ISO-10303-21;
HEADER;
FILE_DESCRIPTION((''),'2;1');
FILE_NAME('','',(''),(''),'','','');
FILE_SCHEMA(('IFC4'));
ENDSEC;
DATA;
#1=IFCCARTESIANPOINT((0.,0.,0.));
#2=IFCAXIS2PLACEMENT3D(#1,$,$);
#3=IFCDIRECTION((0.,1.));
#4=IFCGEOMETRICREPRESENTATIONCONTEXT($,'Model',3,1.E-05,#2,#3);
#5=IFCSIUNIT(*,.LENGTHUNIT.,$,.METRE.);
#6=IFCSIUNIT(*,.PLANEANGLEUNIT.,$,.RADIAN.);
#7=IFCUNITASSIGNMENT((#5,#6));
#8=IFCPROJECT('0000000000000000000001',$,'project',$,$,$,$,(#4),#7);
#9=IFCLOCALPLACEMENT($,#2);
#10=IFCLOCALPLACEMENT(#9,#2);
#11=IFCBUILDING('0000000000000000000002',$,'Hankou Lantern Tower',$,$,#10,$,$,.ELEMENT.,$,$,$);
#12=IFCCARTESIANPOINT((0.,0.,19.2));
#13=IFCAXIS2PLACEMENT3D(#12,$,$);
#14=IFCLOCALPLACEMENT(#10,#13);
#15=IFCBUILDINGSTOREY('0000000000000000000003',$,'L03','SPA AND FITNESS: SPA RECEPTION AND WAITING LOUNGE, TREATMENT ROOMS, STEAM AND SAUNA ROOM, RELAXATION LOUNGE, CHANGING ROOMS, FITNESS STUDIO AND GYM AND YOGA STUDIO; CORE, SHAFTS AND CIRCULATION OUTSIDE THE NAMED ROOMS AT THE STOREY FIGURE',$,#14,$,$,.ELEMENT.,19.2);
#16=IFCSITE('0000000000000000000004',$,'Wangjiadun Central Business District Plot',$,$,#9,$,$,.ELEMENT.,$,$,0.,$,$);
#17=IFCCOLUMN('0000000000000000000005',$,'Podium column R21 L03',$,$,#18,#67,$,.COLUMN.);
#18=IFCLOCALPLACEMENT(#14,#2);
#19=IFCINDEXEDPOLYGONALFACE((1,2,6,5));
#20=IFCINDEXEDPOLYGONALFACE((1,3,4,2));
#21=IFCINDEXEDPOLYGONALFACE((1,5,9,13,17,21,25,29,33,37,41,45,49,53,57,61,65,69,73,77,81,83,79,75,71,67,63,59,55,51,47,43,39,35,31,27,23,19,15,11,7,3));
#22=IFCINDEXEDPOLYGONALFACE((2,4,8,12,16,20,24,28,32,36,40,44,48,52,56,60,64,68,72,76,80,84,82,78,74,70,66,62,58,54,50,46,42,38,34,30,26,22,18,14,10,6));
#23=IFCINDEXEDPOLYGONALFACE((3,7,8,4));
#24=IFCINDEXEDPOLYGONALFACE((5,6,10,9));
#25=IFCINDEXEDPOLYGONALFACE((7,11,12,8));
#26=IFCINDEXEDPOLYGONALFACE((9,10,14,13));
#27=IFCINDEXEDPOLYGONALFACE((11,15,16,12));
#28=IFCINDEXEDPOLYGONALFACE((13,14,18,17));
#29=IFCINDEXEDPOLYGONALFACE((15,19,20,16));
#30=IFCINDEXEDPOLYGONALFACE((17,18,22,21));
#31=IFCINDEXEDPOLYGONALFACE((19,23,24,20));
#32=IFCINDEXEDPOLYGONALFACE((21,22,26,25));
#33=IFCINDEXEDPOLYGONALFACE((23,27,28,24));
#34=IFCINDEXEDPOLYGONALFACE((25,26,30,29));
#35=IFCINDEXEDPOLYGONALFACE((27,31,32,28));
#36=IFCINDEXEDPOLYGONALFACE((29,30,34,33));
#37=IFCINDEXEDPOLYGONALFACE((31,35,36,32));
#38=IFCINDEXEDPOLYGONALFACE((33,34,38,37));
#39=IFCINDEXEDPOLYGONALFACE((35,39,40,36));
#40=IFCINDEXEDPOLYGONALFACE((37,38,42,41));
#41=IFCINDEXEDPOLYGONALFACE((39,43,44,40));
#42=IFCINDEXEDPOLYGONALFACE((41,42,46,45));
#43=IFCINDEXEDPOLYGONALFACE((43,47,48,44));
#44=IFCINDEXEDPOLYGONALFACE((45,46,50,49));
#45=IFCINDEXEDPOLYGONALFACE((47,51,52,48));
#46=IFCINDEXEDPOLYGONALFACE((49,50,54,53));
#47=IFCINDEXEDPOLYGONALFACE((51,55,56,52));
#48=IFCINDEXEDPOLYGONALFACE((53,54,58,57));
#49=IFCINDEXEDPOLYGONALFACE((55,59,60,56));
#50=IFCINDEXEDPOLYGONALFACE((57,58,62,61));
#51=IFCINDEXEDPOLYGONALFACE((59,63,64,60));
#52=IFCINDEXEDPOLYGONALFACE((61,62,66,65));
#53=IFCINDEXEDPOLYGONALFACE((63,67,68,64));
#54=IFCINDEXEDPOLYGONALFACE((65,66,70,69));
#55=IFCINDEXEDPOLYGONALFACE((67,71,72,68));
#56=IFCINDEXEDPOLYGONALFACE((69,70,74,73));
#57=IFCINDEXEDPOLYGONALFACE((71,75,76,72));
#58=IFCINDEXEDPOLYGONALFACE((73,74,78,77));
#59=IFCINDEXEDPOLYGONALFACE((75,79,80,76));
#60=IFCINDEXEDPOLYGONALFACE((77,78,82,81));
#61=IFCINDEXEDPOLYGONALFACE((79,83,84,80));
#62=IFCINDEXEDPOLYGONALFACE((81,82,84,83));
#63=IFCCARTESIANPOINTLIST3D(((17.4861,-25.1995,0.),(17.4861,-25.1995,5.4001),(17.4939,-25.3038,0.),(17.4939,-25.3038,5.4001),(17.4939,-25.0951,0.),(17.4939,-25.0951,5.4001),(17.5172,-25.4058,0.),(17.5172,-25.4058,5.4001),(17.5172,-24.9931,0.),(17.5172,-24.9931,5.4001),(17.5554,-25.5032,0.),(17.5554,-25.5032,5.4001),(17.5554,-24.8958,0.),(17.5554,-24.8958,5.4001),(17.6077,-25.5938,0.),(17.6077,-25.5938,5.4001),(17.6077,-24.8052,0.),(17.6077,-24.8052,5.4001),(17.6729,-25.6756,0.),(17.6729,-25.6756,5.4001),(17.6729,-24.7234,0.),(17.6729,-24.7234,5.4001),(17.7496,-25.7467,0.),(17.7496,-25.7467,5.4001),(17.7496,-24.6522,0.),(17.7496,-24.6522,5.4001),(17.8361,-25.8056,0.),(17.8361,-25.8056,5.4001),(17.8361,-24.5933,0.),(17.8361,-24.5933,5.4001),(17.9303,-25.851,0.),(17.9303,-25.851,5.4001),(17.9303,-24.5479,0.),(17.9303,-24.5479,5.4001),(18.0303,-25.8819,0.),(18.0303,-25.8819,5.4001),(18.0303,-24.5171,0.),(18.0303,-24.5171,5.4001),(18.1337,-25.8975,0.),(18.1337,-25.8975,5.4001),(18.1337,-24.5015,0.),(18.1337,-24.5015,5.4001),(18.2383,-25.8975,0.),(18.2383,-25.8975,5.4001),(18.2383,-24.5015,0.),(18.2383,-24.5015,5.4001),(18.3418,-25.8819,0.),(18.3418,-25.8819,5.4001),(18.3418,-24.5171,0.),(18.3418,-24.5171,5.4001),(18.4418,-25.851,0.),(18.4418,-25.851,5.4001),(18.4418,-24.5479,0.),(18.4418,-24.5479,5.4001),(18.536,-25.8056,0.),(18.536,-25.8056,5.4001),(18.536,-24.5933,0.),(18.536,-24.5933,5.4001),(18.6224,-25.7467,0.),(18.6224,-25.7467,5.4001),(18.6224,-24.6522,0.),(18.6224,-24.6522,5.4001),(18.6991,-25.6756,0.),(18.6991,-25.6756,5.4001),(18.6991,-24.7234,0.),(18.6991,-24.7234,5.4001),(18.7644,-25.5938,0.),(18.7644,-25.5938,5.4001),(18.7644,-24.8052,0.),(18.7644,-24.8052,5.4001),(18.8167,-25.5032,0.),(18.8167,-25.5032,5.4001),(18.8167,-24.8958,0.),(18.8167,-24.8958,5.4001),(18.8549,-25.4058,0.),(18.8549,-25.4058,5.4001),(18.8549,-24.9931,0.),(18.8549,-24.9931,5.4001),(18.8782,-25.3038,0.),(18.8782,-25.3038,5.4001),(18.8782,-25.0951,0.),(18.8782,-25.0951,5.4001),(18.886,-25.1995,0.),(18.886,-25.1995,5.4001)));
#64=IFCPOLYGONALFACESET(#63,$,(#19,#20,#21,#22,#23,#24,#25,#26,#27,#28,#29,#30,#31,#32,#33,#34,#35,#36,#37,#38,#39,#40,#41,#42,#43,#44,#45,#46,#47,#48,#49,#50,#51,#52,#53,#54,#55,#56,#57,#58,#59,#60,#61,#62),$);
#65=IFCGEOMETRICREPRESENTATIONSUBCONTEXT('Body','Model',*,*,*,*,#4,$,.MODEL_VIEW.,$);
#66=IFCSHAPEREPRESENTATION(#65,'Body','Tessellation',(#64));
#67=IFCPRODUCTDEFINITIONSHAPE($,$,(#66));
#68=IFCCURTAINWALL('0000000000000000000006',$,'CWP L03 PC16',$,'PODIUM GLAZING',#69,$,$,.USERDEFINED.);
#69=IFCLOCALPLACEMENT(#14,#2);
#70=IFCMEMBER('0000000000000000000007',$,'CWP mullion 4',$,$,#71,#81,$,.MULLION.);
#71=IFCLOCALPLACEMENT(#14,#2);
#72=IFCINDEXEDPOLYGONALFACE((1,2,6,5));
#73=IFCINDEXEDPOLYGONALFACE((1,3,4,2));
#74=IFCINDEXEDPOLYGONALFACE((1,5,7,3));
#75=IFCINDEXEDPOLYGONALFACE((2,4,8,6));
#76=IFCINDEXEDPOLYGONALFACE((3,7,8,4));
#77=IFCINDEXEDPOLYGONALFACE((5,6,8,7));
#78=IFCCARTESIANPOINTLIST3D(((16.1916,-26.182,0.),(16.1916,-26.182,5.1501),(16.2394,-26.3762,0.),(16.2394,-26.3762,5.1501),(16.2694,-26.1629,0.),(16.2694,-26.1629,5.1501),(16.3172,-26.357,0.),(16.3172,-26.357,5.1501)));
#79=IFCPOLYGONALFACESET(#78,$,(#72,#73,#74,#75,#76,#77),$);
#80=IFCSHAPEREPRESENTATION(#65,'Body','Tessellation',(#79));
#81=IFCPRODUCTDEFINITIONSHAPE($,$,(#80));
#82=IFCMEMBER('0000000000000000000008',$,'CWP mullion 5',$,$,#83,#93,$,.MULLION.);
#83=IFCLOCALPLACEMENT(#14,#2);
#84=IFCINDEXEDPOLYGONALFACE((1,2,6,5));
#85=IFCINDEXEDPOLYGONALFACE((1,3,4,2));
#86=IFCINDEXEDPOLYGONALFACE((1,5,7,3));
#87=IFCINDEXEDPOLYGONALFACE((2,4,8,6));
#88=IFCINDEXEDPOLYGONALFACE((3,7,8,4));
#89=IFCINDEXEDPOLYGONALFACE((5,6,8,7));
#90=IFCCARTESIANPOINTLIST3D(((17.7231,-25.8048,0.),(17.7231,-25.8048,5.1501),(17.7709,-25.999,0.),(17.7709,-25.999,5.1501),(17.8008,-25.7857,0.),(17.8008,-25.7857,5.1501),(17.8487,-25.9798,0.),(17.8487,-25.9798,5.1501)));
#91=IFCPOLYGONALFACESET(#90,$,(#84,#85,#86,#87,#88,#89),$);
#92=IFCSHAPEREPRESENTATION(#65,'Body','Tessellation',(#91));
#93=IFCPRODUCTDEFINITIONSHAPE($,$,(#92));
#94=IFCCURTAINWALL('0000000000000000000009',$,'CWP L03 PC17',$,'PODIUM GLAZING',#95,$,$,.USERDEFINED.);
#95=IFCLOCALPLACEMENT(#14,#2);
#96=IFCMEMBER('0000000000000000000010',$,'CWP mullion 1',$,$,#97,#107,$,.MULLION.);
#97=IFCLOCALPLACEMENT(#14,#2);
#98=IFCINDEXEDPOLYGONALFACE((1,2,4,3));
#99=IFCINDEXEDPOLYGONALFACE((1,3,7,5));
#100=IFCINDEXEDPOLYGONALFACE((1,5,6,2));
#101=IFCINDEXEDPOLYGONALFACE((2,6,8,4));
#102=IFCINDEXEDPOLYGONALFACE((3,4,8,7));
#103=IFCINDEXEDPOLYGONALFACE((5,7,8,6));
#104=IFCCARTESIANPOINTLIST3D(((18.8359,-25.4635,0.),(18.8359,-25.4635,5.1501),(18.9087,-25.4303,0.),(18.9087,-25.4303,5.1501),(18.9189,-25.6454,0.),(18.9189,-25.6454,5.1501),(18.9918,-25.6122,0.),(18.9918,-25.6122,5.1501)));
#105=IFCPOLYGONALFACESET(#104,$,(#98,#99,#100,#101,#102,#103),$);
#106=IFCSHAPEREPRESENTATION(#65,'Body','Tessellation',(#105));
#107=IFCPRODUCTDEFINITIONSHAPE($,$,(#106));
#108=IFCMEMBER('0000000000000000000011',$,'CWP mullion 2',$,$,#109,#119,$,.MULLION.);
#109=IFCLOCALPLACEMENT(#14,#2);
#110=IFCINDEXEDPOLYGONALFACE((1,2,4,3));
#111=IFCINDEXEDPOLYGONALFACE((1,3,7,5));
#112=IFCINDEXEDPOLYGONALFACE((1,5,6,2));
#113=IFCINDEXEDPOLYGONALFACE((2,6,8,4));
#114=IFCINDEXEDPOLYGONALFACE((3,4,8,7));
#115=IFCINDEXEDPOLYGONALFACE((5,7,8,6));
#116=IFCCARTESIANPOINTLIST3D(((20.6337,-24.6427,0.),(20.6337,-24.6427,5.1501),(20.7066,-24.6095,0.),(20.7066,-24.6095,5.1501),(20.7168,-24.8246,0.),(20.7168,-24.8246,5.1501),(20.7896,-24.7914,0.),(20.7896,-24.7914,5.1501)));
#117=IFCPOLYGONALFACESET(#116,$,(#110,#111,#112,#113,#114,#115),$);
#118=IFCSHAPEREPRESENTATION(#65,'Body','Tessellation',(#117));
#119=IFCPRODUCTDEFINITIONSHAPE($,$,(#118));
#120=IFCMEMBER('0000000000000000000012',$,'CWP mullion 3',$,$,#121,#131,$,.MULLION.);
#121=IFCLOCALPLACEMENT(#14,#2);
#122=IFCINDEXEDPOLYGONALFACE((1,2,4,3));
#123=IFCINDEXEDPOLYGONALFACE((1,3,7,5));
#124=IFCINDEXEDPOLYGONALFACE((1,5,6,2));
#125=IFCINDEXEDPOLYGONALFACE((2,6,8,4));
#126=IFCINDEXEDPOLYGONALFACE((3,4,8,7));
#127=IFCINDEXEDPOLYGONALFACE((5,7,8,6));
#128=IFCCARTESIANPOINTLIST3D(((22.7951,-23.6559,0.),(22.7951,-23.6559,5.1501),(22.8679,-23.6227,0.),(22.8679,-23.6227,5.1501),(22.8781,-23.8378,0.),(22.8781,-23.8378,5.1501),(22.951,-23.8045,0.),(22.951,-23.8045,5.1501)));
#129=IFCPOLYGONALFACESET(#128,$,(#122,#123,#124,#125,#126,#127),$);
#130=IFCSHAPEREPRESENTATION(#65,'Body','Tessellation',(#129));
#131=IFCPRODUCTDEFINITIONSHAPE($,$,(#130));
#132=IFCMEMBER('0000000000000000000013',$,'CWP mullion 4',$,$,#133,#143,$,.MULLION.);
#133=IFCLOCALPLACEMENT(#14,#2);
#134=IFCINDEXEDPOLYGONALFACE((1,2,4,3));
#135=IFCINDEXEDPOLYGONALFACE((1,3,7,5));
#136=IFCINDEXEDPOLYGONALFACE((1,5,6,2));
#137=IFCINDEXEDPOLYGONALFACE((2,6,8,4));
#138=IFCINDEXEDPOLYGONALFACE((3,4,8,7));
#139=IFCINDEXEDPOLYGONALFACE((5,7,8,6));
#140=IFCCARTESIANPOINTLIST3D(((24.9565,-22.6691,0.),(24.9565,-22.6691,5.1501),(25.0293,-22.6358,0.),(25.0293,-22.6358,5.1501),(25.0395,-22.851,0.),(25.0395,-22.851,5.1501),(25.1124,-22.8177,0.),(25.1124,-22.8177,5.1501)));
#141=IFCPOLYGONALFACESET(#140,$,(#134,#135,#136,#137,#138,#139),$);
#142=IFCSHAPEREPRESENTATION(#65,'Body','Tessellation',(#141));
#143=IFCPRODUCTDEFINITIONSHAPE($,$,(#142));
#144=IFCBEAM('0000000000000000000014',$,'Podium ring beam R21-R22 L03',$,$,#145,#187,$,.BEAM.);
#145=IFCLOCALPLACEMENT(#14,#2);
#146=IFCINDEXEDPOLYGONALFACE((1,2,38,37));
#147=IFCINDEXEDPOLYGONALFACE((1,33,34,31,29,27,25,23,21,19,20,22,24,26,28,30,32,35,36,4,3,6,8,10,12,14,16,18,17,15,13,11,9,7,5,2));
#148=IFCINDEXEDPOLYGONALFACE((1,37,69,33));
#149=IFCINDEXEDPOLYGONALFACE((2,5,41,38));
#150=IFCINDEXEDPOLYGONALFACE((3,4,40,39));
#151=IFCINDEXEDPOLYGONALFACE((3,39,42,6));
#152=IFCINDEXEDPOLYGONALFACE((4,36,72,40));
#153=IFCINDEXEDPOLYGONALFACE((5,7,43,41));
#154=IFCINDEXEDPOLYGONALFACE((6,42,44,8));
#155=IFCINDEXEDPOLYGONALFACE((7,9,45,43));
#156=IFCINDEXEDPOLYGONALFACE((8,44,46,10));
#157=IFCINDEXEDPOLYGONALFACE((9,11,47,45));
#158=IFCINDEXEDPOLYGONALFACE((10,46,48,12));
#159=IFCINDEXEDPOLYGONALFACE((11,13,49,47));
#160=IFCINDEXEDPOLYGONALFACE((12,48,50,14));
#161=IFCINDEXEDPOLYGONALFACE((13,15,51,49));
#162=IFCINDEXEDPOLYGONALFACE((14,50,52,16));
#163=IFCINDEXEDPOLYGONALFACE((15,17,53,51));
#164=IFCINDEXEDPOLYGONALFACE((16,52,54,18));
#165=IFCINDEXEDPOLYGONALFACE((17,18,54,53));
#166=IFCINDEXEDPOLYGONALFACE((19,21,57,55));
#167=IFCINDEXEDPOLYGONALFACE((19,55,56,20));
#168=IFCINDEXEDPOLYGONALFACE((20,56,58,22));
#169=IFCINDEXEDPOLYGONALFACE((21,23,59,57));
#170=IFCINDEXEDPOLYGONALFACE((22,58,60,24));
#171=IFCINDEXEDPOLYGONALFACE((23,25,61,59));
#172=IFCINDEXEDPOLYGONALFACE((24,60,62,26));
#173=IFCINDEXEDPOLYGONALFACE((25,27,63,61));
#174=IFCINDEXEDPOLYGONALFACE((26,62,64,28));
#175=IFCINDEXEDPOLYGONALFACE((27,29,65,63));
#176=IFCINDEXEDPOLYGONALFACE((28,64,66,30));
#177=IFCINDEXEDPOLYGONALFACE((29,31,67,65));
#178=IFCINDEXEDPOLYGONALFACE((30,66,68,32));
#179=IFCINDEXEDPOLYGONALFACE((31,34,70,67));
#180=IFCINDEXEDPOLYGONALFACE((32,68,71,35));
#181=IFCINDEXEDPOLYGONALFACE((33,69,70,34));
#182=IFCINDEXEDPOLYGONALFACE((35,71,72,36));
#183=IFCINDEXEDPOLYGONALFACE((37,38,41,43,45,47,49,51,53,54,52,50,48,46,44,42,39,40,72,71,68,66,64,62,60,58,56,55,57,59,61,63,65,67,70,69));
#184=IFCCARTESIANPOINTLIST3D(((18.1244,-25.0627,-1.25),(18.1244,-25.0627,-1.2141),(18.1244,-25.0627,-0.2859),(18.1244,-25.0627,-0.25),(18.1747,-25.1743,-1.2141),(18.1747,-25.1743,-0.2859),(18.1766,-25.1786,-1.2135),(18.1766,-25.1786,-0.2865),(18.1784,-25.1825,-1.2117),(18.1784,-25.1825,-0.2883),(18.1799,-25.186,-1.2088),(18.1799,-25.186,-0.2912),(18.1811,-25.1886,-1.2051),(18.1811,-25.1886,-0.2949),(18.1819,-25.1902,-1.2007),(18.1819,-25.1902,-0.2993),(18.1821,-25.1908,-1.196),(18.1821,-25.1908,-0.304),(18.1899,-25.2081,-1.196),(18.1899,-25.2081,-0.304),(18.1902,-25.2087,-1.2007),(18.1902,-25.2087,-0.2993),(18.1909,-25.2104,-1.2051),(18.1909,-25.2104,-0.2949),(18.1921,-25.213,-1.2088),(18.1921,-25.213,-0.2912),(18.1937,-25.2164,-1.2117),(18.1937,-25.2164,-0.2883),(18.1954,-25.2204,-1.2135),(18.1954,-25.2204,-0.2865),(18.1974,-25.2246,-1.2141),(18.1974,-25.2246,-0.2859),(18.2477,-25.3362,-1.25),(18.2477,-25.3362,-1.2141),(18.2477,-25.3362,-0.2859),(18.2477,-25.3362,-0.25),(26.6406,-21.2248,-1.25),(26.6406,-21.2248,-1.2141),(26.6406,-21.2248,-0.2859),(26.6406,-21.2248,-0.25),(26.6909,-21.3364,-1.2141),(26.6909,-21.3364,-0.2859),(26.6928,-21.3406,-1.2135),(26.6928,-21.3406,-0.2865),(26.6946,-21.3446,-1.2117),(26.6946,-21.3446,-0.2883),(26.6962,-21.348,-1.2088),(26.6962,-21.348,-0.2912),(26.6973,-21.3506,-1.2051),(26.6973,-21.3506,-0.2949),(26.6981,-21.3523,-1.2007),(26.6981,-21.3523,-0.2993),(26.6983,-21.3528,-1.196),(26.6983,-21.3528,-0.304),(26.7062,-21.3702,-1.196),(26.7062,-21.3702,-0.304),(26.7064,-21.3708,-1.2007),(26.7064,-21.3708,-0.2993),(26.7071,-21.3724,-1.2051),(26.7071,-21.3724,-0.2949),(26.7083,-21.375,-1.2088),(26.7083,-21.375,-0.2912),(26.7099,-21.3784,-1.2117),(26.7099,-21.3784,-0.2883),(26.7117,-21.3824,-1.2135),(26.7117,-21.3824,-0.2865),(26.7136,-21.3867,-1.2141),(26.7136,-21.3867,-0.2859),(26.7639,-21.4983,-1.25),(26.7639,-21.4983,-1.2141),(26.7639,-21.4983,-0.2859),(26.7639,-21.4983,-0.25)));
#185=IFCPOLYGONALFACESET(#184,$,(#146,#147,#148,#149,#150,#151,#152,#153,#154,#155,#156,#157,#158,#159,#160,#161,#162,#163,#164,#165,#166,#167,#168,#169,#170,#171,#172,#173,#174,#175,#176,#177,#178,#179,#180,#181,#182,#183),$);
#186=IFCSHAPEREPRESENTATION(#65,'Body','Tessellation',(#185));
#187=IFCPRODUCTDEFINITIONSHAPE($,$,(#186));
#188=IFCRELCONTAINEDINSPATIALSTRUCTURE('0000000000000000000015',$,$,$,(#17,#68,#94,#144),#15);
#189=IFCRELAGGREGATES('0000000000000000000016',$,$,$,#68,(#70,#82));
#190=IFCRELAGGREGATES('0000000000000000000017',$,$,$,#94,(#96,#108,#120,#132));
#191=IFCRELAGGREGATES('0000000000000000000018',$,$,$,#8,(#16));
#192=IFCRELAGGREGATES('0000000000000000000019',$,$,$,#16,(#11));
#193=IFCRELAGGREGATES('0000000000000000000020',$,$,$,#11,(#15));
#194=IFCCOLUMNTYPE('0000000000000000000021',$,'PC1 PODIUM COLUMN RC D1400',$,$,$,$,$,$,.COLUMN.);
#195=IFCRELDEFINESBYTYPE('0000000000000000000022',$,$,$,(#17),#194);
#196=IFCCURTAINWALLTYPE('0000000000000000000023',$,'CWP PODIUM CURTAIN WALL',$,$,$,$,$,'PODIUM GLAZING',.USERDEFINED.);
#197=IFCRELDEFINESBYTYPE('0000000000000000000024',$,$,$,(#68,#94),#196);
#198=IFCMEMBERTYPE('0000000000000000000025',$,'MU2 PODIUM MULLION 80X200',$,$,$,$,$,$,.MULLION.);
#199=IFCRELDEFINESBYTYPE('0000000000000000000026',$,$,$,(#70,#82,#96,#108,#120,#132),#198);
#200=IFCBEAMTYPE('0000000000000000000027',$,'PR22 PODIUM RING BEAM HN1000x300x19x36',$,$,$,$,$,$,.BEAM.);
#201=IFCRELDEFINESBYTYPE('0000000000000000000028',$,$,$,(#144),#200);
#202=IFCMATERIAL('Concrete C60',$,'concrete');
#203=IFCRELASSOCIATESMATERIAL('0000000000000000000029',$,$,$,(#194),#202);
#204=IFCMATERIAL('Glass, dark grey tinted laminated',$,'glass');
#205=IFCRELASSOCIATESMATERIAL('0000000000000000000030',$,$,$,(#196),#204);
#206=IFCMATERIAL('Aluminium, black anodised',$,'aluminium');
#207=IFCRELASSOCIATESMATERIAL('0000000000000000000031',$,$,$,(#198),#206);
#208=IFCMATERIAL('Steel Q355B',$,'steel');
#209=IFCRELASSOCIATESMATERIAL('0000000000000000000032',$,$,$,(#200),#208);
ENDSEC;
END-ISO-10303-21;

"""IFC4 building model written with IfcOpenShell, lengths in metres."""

from ifc_helpers import new_model, si_unit, direction, frame, origin, origin_2d, place, context, subcontext, project, spatial, rectangle, circle, i_section, extrude, material, material_profile, profile_set, type_object, element, aggregate, save


model = new_model("IFC4")

# Units and contexts
model_context = context("Model", 3, precision=1e-05, world=origin(), true_north=direction((0.0, 1.0)))
body_context = subcontext(model_context, "Body", "Model", "MODEL_VIEW")
ifc_project = project(units=[si_unit("LENGTHUNIT", "METRE"), si_unit("PLANEANGLEUNIT", "RADIAN")], contexts=[model_context])

# Site, building, storey
site_placement = place(None, origin())
site = spatial("IfcSite", under=ifc_project, at=site_placement, Name="Wangjiadun Central Business District Plot", CompositionType="ELEMENT", RefElevation=0.0)
building_placement = place(site_placement, origin())
building = spatial("IfcBuilding", under=site, at=building_placement, Name="Hankou Lantern Tower", CompositionType="ELEMENT")
storey_placement = place(building_placement, frame((0.0, 0.0, 19.2)))
storey = spatial("IfcBuildingStorey", under=building, at=storey_placement, Name="L03", Description="SPA AND FITNESS: SPA RECEPTION AND WAITING LOUNGE, TREATMENT ROOMS, STEAM AND SAUNA ROOM, RELAXATION LOUNGE, CHANGING ROOMS, FITNESS STUDIO AND GYM AND YOGA STUDIO; CORE, SHAFTS AND CIRCULATION OUTSIDE THE NAMED ROOMS AT THE STOREY FIGURE", CompositionType="ELEMENT", Elevation=19.2)

# Column
ifc_material_1 = material(Name="Concrete C60", Category="concrete")
ifc_material_profile_1 = material_profile(ifc_material_1, circle(Radius=0.7, at=origin_2d()), Name="RC D1400")
ifc_profile_set_1 = profile_set([ifc_material_profile_1], Name="Concrete C60")
column_type = type_object("IfcColumnType", Name="PC1 PODIUM COLUMN RC D1400", PredefinedType="COLUMN", material=ifc_profile_set_1)
column_placement = place(storey_placement, frame((18.186, -25.1995, 0.0), z_axis=(0.0, 0.0, 1.0), x_axis=(1.0, 0.0, 0.0)))
element("IfcColumn", 1, at=column_placement, inside=storey, type_object=column_type, Name="Podium column R21 L03", PredefinedType="COLUMN", context=body_context, shape_type="SweptSolid", body=[
    extrude(circle(Radius=0.7, at=origin_2d()), origin(), (0.0, 0.0, 1.0), 5.4001),
])

# Curtain walls, members
ifc_material_2 = material(Name="Glass, dark grey tinted laminated", Category="glass")
curtain_wall_type = type_object("IfcCurtainWallType", Name="CWP PODIUM CURTAIN WALL", ElementType="PODIUM GLAZING", PredefinedType="USERDEFINED", material=ifc_material_2)
curtain_wall_1_placement = place(storey_placement, origin())
curtain_wall_1 = element("IfcCurtainWall", 2, at=curtain_wall_1_placement, inside=storey, type_object=curtain_wall_type, Name="CWP L03 PC16", ObjectType="PODIUM GLAZING", PredefinedType="USERDEFINED")
ifc_material_3 = material(Name="Aluminium, black anodised", Category="aluminium")
ifc_material_profile_2 = material_profile(ifc_material_3, rectangle(XDim=0.0801, YDim=0.2, at=origin_2d()), Name="MU2 80X200")
ifc_profile_set_2 = profile_set([ifc_material_profile_2], Name="Aluminium, black anodised")
member_type_1 = type_object("IfcMemberType", Name="MU2 PODIUM MULLION 80X200", PredefinedType="MULLION", material=ifc_profile_set_2)
member_1_placement = place(storey_placement, frame((16.2544, -26.2695, 0.0), z_axis=(0.0, 0.0, 1.0), x_axis=(0.970961, 0.239238, 0.0)))
member_1 = element("IfcMember", 3, at=member_1_placement, type_object=member_type_1, Name="CWP mullion 4", PredefinedType="MULLION", context=body_context, shape_type="SweptSolid", body=[
    extrude(rectangle(XDim=0.0801, YDim=0.2, at=origin_2d()), origin(), (0.0, 0.0, 1.0), 5.1501),
])
member_2_placement = place(storey_placement, frame((17.7859, -25.8923, 0.0), z_axis=(0.0, 0.0, 1.0), x_axis=(0.970961, 0.239238, 0.0)))
member_2 = element("IfcMember", 4, at=member_2_placement, type_object=member_type_1, Name="CWP mullion 5", PredefinedType="MULLION", context=body_context, shape_type="SweptSolid", body=[
    extrude(rectangle(XDim=0.0801, YDim=0.2, at=origin_2d()), origin(), (0.0, 0.0, 1.0), 5.1501),
])
curtain_wall_2_placement = place(storey_placement, origin())
curtain_wall_2 = element("IfcCurtainWall", 5, at=curtain_wall_2_placement, inside=storey, type_object=curtain_wall_type, Name="CWP L03 PC17", ObjectType="PODIUM GLAZING", PredefinedType="USERDEFINED")
member_3_placement = place(storey_placement, frame((18.9138, -25.5378, 0.0), z_axis=(0.0, 0.0, 1.0), x_axis=(0.90967, 0.415332, 0.0)))
member_3 = element("IfcMember", 6, at=member_3_placement, type_object=member_type_1, Name="CWP mullion 1", PredefinedType="MULLION", context=body_context, shape_type="SweptSolid", body=[
    extrude(rectangle(XDim=0.0801, YDim=0.2, at=origin_2d()), origin(), (0.0, 0.0, 1.0), 5.1501),
])
member_4_placement = place(storey_placement, frame((20.7117, -24.717, 0.0), z_axis=(0.0, 0.0, 1.0), x_axis=(0.90967, 0.415332, 0.0)))
member_4 = element("IfcMember", 7, at=member_4_placement, type_object=member_type_1, Name="CWP mullion 2", PredefinedType="MULLION", context=body_context, shape_type="SweptSolid", body=[
    extrude(rectangle(XDim=0.0801, YDim=0.2, at=origin_2d()), origin(), (0.0, 0.0, 1.0), 5.1501),
])
member_5_placement = place(storey_placement, frame((22.873, -23.7302, 0.0), z_axis=(0.0, 0.0, 1.0), x_axis=(0.90967, 0.415332, 0.0)))
member_5 = element("IfcMember", 8, at=member_5_placement, type_object=member_type_1, Name="CWP mullion 3", PredefinedType="MULLION", context=body_context, shape_type="SweptSolid", body=[
    extrude(rectangle(XDim=0.0801, YDim=0.2, at=origin_2d()), origin(), (0.0, 0.0, 1.0), 5.1501),
])
member_6_placement = place(storey_placement, frame((25.0344, -22.7434, 0.0), z_axis=(0.0, 0.0, 1.0), x_axis=(0.90967, 0.415332, 0.0)))
member_6 = element("IfcMember", 9, at=member_6_placement, type_object=member_type_1, Name="CWP mullion 4", PredefinedType="MULLION", context=body_context, shape_type="SweptSolid", body=[
    extrude(rectangle(XDim=0.0801, YDim=0.2, at=origin_2d()), origin(), (0.0, 0.0, 1.0), 5.1501),
])

# Beam
ifc_material_4 = material(Name="Steel Q355B", Category="steel")
ifc_material_profile_3 = material_profile(ifc_material_4, i_section(OverallWidth=0.3, OverallDepth=1.0, WebThickness=0.019, FlangeThickness=0.0359, FilletRadius=0.0181, at=origin_2d()), Name="HN1000x300x19x36")
ifc_profile_set_3 = profile_set([ifc_material_profile_3], Name="Steel Q355B")
beam_type_1 = type_object("IfcBeamType", Name="PR22 PODIUM RING BEAM HN1000x300x19x36", PredefinedType="BEAM", material=ifc_profile_set_3)
beam_1_placement = place(storey_placement, frame((18.186, -25.1995, -0.75), z_axis=(0.911695, 0.410867, 0.0), x_axis=(-0.410867, 0.911695, 0.0)))
element("IfcBeam", 10, at=beam_1_placement, inside=storey, type_object=beam_type_1, Name="Podium ring beam R21-R22 L03", PredefinedType="BEAM", context=body_context, shape_type="SweptSolid", body=[
    extrude(i_section(OverallWidth=0.3, OverallDepth=1.0, WebThickness=0.019, FlangeThickness=0.0359, FilletRadius=0.0181, at=origin_2d()), origin(), (0.0, 0.0, 1.0), 9.3411),
])

aggregate(curtain_wall_1, [member_1, member_2])
aggregate(curtain_wall_2, [member_3, member_4, member_5, member_6])

save(model, "model.ifc")
